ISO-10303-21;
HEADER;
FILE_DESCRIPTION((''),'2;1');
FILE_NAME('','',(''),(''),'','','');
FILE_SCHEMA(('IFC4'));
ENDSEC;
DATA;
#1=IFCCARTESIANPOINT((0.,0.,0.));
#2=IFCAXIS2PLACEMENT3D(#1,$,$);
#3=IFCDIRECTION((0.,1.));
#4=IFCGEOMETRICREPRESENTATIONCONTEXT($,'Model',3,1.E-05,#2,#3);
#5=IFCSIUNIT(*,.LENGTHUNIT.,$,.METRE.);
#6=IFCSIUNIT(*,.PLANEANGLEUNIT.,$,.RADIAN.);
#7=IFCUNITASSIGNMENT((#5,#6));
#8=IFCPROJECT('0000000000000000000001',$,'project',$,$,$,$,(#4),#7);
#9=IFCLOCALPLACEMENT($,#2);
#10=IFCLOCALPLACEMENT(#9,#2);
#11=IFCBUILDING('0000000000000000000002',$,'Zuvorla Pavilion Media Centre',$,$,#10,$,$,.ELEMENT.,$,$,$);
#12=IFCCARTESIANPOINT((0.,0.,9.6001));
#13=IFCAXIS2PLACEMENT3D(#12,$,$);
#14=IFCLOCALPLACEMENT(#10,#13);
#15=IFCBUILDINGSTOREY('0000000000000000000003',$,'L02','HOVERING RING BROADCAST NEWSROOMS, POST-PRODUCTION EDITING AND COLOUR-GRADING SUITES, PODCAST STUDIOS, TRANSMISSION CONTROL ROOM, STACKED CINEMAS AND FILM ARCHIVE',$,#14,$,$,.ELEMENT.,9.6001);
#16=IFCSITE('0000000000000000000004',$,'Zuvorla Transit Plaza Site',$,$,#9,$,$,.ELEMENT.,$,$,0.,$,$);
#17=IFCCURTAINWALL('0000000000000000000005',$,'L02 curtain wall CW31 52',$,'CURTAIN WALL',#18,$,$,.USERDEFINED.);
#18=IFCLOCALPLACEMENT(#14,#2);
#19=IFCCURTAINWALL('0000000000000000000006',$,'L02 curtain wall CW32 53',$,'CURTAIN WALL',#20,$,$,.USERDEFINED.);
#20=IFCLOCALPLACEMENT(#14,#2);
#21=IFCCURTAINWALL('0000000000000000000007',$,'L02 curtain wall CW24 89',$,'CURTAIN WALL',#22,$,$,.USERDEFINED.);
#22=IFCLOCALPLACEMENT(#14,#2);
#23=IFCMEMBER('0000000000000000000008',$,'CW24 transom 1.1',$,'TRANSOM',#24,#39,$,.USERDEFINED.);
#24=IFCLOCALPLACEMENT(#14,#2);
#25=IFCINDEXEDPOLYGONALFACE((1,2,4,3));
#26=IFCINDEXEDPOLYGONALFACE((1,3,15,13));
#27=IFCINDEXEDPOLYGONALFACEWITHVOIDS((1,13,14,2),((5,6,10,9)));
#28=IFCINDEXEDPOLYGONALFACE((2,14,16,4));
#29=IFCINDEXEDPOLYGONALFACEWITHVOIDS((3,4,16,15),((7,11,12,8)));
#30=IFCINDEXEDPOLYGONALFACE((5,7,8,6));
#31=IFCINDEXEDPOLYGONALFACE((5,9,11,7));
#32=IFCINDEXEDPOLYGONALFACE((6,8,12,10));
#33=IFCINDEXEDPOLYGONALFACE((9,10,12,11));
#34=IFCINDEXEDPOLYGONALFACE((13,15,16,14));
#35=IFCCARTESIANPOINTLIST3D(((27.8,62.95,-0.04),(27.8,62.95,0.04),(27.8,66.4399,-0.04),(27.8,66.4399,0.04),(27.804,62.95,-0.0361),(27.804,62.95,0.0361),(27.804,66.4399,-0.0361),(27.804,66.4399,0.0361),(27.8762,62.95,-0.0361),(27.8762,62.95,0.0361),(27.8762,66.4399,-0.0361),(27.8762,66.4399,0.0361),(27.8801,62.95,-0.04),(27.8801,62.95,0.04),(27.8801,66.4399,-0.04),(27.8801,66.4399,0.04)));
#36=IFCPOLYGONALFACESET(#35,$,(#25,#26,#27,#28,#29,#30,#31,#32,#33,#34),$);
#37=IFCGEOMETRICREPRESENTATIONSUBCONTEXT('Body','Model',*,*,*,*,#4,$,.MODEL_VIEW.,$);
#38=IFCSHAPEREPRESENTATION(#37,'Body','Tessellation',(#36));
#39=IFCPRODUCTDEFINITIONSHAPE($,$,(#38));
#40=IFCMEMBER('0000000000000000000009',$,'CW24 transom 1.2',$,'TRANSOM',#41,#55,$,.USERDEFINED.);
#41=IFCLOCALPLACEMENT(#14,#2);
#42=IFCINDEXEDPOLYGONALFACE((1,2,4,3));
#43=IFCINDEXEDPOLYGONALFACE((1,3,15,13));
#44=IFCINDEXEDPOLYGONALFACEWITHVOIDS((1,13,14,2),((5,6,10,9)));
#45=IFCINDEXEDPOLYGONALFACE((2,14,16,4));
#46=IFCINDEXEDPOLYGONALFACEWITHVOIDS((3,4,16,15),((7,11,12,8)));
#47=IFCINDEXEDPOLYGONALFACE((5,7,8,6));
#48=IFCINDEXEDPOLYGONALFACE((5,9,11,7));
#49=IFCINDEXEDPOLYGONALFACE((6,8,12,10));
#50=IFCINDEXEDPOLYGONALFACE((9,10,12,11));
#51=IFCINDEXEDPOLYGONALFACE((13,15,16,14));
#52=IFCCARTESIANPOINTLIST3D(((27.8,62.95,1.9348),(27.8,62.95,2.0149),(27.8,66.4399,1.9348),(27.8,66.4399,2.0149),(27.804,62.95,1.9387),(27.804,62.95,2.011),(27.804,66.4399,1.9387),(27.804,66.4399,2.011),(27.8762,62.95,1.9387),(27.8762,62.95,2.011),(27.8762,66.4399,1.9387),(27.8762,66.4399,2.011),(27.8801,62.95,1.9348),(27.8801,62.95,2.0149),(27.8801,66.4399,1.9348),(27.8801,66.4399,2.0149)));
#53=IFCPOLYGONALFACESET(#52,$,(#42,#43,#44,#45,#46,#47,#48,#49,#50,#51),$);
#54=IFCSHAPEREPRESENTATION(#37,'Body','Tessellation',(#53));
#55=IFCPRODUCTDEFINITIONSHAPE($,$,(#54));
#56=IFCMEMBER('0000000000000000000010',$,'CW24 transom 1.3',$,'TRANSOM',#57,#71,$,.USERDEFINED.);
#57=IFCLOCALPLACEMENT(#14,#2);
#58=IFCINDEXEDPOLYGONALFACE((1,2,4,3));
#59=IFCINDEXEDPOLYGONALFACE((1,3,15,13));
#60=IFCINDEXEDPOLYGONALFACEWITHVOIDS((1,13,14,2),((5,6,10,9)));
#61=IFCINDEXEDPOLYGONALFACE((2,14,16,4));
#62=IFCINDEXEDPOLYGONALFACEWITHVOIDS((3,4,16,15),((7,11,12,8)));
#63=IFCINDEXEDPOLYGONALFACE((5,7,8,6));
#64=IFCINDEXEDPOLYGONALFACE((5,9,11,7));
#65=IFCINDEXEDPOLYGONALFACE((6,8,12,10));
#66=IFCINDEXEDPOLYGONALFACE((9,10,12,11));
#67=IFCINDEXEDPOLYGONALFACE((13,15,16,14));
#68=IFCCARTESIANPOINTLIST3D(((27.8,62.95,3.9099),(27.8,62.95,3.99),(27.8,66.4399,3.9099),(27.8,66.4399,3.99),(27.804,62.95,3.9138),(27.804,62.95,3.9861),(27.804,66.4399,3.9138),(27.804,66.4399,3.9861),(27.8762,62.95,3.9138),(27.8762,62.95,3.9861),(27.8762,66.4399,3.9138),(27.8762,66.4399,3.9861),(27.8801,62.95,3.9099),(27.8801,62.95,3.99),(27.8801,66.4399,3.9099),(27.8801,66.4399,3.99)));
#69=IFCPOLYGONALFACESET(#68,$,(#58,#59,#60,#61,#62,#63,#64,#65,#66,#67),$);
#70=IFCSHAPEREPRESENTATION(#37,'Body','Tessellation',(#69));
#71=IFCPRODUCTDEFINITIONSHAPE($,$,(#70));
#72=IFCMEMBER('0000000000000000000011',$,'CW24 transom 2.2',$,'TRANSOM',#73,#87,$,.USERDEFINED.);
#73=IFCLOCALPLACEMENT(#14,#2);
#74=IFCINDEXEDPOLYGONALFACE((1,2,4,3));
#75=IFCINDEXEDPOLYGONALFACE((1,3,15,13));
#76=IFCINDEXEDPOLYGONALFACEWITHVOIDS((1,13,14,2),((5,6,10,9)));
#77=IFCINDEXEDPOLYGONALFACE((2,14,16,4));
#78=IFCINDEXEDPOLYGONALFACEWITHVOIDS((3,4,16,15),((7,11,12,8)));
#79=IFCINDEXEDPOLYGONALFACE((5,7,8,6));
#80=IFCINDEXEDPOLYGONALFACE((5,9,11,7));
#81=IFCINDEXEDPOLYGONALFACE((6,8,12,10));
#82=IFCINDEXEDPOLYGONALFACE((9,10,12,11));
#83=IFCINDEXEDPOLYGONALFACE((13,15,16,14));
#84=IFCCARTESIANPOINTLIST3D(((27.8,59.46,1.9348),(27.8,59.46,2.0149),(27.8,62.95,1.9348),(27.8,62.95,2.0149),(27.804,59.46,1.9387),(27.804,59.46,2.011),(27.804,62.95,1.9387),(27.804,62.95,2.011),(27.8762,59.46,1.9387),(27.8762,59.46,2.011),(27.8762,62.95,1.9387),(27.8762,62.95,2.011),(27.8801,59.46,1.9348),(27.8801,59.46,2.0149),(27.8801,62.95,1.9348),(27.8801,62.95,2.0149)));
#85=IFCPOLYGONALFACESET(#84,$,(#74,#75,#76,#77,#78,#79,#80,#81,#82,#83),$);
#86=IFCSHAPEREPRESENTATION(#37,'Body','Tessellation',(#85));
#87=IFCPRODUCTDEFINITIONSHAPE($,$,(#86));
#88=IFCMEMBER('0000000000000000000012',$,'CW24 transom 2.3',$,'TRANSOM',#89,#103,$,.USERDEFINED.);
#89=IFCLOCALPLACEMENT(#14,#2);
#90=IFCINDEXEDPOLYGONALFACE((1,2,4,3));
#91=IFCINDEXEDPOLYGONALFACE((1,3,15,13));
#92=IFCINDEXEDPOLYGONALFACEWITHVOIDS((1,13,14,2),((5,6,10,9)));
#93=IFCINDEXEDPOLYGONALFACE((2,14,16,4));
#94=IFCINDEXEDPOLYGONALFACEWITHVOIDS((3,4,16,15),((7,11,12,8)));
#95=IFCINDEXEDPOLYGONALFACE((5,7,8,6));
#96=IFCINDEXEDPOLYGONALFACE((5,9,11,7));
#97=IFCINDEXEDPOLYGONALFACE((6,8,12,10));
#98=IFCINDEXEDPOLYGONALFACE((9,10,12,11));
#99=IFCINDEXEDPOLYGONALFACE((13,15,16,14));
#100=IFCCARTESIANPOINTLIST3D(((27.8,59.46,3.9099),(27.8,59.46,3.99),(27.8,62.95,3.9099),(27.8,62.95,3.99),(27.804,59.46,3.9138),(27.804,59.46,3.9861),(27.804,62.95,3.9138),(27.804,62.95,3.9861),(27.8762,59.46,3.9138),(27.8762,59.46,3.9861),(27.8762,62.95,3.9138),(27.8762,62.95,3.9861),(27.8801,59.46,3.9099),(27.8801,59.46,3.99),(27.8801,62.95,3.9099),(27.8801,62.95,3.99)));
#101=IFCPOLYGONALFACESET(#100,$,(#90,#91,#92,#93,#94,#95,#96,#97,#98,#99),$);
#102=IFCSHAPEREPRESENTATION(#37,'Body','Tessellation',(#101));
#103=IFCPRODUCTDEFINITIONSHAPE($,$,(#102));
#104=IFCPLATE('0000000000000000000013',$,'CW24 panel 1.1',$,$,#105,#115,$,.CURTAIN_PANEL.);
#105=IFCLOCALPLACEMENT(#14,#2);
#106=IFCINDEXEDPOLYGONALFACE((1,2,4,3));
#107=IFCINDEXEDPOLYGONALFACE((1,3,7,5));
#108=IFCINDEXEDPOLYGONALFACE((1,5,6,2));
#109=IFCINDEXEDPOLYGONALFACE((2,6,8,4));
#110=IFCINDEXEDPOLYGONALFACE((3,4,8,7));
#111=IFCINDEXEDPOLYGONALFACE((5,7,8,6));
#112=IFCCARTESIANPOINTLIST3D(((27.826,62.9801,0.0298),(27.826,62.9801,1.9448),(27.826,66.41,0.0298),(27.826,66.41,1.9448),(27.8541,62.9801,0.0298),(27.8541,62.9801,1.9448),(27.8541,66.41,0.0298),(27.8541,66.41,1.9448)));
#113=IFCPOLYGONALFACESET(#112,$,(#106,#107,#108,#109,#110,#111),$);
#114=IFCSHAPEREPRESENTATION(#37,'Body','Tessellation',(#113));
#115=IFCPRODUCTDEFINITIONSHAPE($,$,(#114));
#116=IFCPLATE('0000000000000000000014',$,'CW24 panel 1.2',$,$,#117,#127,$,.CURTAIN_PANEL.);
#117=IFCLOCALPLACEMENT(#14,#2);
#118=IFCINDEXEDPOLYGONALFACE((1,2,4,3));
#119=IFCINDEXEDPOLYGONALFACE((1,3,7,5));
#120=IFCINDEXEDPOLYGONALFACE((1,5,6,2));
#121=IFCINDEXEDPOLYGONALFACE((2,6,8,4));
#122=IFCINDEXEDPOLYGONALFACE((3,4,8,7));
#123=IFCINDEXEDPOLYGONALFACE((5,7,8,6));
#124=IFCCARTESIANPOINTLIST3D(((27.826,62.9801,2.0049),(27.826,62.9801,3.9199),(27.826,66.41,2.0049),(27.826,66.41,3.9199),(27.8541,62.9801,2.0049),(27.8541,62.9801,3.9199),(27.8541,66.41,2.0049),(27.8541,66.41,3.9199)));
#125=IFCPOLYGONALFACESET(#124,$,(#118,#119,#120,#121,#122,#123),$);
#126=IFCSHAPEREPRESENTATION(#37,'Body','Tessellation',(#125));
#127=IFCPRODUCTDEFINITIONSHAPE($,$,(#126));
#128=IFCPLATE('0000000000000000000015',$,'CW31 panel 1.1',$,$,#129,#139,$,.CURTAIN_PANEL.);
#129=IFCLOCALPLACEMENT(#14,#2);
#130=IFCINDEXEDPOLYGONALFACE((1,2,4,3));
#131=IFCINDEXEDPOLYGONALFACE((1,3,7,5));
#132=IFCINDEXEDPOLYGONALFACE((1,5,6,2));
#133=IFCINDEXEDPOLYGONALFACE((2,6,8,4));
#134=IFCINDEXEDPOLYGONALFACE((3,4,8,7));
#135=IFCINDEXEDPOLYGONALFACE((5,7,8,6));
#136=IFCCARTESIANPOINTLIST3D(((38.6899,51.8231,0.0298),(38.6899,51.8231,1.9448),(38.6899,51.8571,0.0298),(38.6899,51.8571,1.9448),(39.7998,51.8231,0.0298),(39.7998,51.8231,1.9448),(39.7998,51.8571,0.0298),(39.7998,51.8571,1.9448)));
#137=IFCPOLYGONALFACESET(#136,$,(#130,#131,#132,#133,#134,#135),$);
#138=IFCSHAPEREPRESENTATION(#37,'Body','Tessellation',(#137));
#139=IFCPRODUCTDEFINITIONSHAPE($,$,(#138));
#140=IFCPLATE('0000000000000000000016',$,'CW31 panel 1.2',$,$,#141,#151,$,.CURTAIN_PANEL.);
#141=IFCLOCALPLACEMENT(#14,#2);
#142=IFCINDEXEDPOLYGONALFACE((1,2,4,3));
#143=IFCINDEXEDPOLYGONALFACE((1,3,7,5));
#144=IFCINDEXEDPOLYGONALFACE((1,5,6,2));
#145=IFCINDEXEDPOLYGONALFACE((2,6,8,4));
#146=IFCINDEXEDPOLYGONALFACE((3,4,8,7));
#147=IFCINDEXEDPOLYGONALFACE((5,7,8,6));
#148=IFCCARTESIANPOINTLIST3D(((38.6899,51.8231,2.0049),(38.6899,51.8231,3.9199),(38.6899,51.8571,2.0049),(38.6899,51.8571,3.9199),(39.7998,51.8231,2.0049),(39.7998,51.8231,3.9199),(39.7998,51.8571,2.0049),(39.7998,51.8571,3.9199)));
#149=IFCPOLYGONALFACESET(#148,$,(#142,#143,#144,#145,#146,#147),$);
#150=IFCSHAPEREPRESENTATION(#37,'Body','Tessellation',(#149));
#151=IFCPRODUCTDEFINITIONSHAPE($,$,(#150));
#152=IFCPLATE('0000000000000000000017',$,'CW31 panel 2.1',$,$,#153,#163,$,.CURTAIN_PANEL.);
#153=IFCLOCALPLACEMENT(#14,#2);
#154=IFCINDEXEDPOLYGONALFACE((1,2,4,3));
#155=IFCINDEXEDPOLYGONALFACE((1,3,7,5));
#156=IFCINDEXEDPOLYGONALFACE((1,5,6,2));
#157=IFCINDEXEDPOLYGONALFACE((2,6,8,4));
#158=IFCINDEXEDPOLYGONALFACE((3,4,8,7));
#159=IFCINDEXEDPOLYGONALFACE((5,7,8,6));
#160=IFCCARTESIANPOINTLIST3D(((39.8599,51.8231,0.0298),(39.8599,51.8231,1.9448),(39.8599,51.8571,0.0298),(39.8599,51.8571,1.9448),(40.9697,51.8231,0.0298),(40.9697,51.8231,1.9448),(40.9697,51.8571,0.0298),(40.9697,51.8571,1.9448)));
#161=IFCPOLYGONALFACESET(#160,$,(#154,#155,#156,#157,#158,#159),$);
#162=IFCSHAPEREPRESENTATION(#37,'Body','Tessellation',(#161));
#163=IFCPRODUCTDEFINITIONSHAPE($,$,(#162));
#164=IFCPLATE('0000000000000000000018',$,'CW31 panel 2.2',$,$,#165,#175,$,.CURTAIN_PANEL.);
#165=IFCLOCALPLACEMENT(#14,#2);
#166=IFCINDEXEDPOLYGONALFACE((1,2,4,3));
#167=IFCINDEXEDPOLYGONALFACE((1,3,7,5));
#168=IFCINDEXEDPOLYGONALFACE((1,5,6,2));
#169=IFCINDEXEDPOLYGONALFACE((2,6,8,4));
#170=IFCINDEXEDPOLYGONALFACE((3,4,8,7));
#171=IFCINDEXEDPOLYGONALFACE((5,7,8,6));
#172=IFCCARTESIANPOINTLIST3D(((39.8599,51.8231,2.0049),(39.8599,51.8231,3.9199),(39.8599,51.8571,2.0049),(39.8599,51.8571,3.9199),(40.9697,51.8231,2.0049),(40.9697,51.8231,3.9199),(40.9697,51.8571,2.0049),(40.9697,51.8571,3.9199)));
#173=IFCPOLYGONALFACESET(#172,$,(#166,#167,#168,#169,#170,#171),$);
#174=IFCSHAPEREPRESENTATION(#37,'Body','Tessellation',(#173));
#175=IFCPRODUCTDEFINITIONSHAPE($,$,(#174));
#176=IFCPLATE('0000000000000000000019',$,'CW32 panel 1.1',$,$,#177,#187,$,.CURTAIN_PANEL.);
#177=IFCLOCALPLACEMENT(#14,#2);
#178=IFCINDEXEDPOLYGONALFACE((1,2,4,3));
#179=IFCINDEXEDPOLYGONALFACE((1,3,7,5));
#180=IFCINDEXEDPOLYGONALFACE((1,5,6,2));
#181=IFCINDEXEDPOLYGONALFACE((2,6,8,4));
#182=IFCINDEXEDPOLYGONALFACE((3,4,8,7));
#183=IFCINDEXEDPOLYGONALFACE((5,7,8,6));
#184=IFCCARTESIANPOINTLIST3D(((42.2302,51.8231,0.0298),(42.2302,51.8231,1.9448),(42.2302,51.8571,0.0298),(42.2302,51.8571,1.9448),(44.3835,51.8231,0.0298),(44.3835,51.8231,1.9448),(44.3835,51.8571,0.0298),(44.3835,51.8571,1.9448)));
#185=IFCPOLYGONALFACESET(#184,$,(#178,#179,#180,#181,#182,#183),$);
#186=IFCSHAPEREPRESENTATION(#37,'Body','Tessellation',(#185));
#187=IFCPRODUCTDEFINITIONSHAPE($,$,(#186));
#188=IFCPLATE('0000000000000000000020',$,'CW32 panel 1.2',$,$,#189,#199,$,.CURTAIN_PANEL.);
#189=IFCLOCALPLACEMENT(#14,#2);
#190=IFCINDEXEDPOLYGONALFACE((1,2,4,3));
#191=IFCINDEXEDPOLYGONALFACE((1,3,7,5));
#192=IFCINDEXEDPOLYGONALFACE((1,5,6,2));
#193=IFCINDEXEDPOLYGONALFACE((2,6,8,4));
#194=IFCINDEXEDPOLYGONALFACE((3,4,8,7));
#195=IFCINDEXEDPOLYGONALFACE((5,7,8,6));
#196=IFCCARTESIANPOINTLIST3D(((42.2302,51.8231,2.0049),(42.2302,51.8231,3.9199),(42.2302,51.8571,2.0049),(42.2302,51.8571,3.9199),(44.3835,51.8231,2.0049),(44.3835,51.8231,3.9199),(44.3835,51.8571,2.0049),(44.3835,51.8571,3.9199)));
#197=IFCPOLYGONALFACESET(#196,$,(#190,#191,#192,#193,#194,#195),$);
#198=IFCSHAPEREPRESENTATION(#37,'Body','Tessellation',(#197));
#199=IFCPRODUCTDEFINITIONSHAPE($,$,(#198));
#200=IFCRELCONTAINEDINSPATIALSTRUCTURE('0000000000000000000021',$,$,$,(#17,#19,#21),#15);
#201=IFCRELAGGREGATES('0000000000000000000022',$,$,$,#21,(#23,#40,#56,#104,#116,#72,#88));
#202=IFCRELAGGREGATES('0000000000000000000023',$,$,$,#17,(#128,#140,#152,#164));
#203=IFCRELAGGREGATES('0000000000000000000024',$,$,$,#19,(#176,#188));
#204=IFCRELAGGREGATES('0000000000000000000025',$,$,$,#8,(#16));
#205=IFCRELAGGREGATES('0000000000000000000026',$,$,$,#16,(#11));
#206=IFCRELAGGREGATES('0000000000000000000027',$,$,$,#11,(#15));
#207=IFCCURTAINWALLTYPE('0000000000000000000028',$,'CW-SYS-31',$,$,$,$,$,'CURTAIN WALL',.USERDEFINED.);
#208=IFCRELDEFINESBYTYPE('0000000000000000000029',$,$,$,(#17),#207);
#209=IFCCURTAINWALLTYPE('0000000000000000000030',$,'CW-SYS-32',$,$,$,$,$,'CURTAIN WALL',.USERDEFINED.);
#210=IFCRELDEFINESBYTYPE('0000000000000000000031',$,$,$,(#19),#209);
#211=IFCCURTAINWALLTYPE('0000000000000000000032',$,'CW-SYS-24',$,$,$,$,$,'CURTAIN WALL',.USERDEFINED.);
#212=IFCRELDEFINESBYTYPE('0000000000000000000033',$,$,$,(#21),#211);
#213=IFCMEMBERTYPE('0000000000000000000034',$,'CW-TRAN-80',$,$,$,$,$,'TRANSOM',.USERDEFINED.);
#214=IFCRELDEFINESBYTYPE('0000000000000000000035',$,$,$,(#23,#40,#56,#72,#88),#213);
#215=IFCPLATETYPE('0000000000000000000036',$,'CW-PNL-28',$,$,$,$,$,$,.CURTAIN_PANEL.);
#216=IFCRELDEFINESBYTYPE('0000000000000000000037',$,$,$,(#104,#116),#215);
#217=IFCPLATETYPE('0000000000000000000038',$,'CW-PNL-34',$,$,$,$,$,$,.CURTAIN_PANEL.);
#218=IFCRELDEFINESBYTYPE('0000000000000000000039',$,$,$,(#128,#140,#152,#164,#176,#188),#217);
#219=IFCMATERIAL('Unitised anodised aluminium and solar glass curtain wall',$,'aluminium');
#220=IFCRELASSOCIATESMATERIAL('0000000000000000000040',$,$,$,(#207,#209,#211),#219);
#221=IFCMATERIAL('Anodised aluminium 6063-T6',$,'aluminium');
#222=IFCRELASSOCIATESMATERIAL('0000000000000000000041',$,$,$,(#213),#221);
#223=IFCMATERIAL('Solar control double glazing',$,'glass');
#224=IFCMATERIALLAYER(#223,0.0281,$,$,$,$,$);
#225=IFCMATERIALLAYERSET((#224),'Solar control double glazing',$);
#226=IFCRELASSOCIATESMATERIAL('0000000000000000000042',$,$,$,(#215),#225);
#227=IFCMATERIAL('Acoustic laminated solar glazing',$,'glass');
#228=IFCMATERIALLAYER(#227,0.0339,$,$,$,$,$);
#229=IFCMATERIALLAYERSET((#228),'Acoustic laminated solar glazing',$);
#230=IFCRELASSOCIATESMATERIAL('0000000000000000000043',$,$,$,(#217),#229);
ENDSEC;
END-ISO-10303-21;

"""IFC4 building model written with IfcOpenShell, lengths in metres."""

from ifc_helpers import new_model, si_unit, direction, frame, origin, origin_2d, place, context, subcontext, project, spatial, rectangle, hollow_rectangle, extrude, material, layer, layer_set, material_profile, profile_set, type_object, element, aggregate, save


model = new_model("IFC4")

# Units and contexts
model_context = context("Model", 3, precision=1e-05, world=origin(), true_north=direction((0.0, 1.0)))
body_context = subcontext(model_context, "Body", "Model", "MODEL_VIEW")
ifc_project = project(units=[si_unit("LENGTHUNIT", "METRE"), si_unit("PLANEANGLEUNIT", "RADIAN")], contexts=[model_context])

# Site, building, storey
site_placement = place(None, origin())
site = spatial("IfcSite", under=ifc_project, at=site_placement, Name="Zuvorla Transit Plaza Site", CompositionType="ELEMENT", RefElevation=0.0)
building_placement = place(site_placement, origin())
building = spatial("IfcBuilding", under=site, at=building_placement, Name="Zuvorla Pavilion Media Centre", CompositionType="ELEMENT")
storey_placement = place(building_placement, frame((0.0, 0.0, 9.6001)))
storey = spatial("IfcBuildingStorey", under=building, at=storey_placement, Name="L02", Description="HOVERING RING BROADCAST NEWSROOMS, POST-PRODUCTION EDITING AND COLOUR-GRADING SUITES, PODCAST STUDIOS, TRANSMISSION CONTROL ROOM, STACKED CINEMAS AND FILM ARCHIVE", CompositionType="ELEMENT", Elevation=9.6001)

# Curtain wall
ifc_material_1 = material(Name="Unitised anodised aluminium and solar glass curtain wall", Category="aluminium")
curtain_wall_type_1 = type_object("IfcCurtainWallType", Name="CW-SYS-31", ElementType="CURTAIN WALL", PredefinedType="USERDEFINED", material=ifc_material_1)
curtain_wall_1_placement = place(storey_placement, origin())
curtain_wall_1 = element("IfcCurtainWall", 1, at=curtain_wall_1_placement, inside=storey, type_object=curtain_wall_type_1, Name="L02 curtain wall CW31 52", ObjectType="CURTAIN WALL", PredefinedType="USERDEFINED")
ifc_material_2 = material(Name="Anodised aluminium 6063-T6", Category="aluminium")

# Curtain walls
curtain_wall_type_2 = type_object("IfcCurtainWallType", Name="CW-SYS-32", ElementType="CURTAIN WALL", PredefinedType="USERDEFINED", material=ifc_material_1)
curtain_wall_2_placement = place(storey_placement, origin())
curtain_wall_2 = element("IfcCurtainWall", 2, at=curtain_wall_2_placement, inside=storey, type_object=curtain_wall_type_2, Name="L02 curtain wall CW32 53", ObjectType="CURTAIN WALL", PredefinedType="USERDEFINED")
curtain_wall_type_3 = type_object("IfcCurtainWallType", Name="CW-SYS-24", ElementType="CURTAIN WALL", PredefinedType="USERDEFINED", material=ifc_material_1)
curtain_wall_3_placement = place(storey_placement, origin())
curtain_wall_3 = element("IfcCurtainWall", 3, at=curtain_wall_3_placement, inside=storey, type_object=curtain_wall_type_3, Name="L02 curtain wall CW24 89", ObjectType="CURTAIN WALL", PredefinedType="USERDEFINED")

# Members
ifc_material_profile_1 = material_profile(ifc_material_2, hollow_rectangle(XDim=0.0801, YDim=0.0801, WallThickness=0.0039, at=origin_2d()), Name="ALU TRAN 80x80")
ifc_profile_set_1 = profile_set([ifc_material_profile_1], Name="Anodised aluminium 6063-T6")
member_type_1 = type_object("IfcMemberType", Name="CW-TRAN-80", ElementType="TRANSOM", PredefinedType="USERDEFINED", material=ifc_profile_set_1)
member_1_placement = place(storey_placement, frame((27.8401, 66.4399, 0.0), z_axis=(0.0, -1.0, 0.0), x_axis=(1.0, 0.0, 0.0)))
member_1 = element("IfcMember", 4, at=member_1_placement, type_object=member_type_1, Name="CW24 transom 1.1", ObjectType="TRANSOM", PredefinedType="USERDEFINED", context=body_context, shape_type="SweptSolid", body=[
    extrude(hollow_rectangle(XDim=0.0801, YDim=0.0801, WallThickness=0.0039, at=origin_2d()), origin(), (0.0, 0.0, 1.0), 3.49),
])
member_2_placement = place(storey_placement, frame((27.8401, 66.4399, 1.9749), z_axis=(0.0, -1.0, 0.0), x_axis=(1.0, 0.0, 0.0)))
member_2 = element("IfcMember", 5, at=member_2_placement, type_object=member_type_1, Name="CW24 transom 1.2", ObjectType="TRANSOM", PredefinedType="USERDEFINED", context=body_context, shape_type="SweptSolid", body=[
    extrude(hollow_rectangle(XDim=0.0801, YDim=0.0801, WallThickness=0.0039, at=origin_2d()), origin(), (0.0, 0.0, 1.0), 3.49),
])
member_3_placement = place(storey_placement, frame((27.8401, 66.4399, 3.95), z_axis=(0.0, -1.0, 0.0), x_axis=(1.0, 0.0, 0.0)))
member_3 = element("IfcMember", 6, at=member_3_placement, type_object=member_type_1, Name="CW24 transom 1.3", ObjectType="TRANSOM", PredefinedType="USERDEFINED", context=body_context, shape_type="SweptSolid", body=[
    extrude(hollow_rectangle(XDim=0.0801, YDim=0.0801, WallThickness=0.0039, at=origin_2d()), origin(), (0.0, 0.0, 1.0), 3.49),
])
member_4_placement = place(storey_placement, frame((27.8401, 62.95, 1.9749), z_axis=(0.0, -1.0, 0.0), x_axis=(1.0, 0.0, 0.0)))
member_4 = element("IfcMember", 7, at=member_4_placement, type_object=member_type_1, Name="CW24 transom 2.2", ObjectType="TRANSOM", PredefinedType="USERDEFINED", context=body_context, shape_type="SweptSolid", body=[
    extrude(hollow_rectangle(XDim=0.0801, YDim=0.0801, WallThickness=0.0039, at=origin_2d()), origin(), (0.0, 0.0, 1.0), 3.49),
])
member_5_placement = place(storey_placement, frame((27.8401, 62.95, 3.95), z_axis=(0.0, -1.0, 0.0), x_axis=(1.0, 0.0, 0.0)))
member_5 = element("IfcMember", 8, at=member_5_placement, type_object=member_type_1, Name="CW24 transom 2.3", ObjectType="TRANSOM", PredefinedType="USERDEFINED", context=body_context, shape_type="SweptSolid", body=[
    extrude(hollow_rectangle(XDim=0.0801, YDim=0.0801, WallThickness=0.0039, at=origin_2d()), origin(), (0.0, 0.0, 1.0), 3.49),
])

# Plates
ifc_material_3 = material(Name="Solar control double glazing", Category="glass")
ifc_layer_1 = layer(ifc_material_3, 0.0281)
ifc_layer_set_1 = layer_set([ifc_layer_1], Name="Solar control double glazing")
plate_type_1 = type_object("IfcPlateType", Name="CW-PNL-28", PredefinedType="CURTAIN_PANEL", material=ifc_layer_set_1)
plate_1_placement = place(storey_placement, frame((27.8401, 64.6951, 0.0298), z_axis=(0.0, 0.0, 1.0), x_axis=(0.0, -1.0, 0.0)))
plate_1 = element("IfcPlate", 9, at=plate_1_placement, type_object=plate_type_1, Name="CW24 panel 1.1", PredefinedType="CURTAIN_PANEL", context=body_context, shape_type="SweptSolid", body=[
    extrude(rectangle(XDim=3.4299, YDim=0.0281, at=origin_2d()), origin(), (0.0, 0.0, 1.0), 1.915),
])
plate_2_placement = place(storey_placement, frame((27.8401, 64.6951, 2.0049), z_axis=(0.0, 0.0, 1.0), x_axis=(0.0, -1.0, 0.0)))
plate_2 = element("IfcPlate", 10, at=plate_2_placement, type_object=plate_type_1, Name="CW24 panel 1.2", PredefinedType="CURTAIN_PANEL", context=body_context, shape_type="SweptSolid", body=[
    extrude(rectangle(XDim=3.4299, YDim=0.0281, at=origin_2d()), origin(), (0.0, 0.0, 1.0), 1.915),
])
aggregate(curtain_wall_3, [member_1, member_2, member_3, plate_1, plate_2, member_4, member_5])
ifc_material_4 = material(Name="Acoustic laminated solar glazing", Category="glass")
ifc_layer_2 = layer(ifc_material_4, 0.0339)
ifc_layer_set_2 = layer_set([ifc_layer_2], Name="Acoustic laminated solar glazing")
plate_type_2 = type_object("IfcPlateType", Name="CW-PNL-34", PredefinedType="CURTAIN_PANEL", material=ifc_layer_set_2)
plate_3_placement = place(storey_placement, frame((39.2449, 51.8401, 0.0298), z_axis=(0.0, 0.0, 1.0), x_axis=(1.0, 0.0, 0.0)))
plate_3 = element("IfcPlate", 11, at=plate_3_placement, type_object=plate_type_2, Name="CW31 panel 1.1", PredefinedType="CURTAIN_PANEL", context=body_context, shape_type="SweptSolid", body=[
    extrude(rectangle(XDim=1.1099, YDim=0.0339, at=origin_2d()), origin(), (0.0, 0.0, 1.0), 1.915),
])
plate_4_placement = place(storey_placement, frame((39.2449, 51.8401, 2.0049), z_axis=(0.0, 0.0, 1.0), x_axis=(1.0, 0.0, 0.0)))
plate_4 = element("IfcPlate", 12, at=plate_4_placement, type_object=plate_type_2, Name="CW31 panel 1.2", PredefinedType="CURTAIN_PANEL", context=body_context, shape_type="SweptSolid", body=[
    extrude(rectangle(XDim=1.1099, YDim=0.0339, at=origin_2d()), origin(), (0.0, 0.0, 1.0), 1.915),
])
plate_5_placement = place(storey_placement, frame((40.4148, 51.8401, 0.0298), z_axis=(0.0, 0.0, 1.0), x_axis=(1.0, 0.0, 0.0)))
plate_5 = element("IfcPlate", 13, at=plate_5_placement, type_object=plate_type_2, Name="CW31 panel 2.1", PredefinedType="CURTAIN_PANEL", context=body_context, shape_type="SweptSolid", body=[
    extrude(rectangle(XDim=1.1099, YDim=0.0339, at=origin_2d()), origin(), (0.0, 0.0, 1.0), 1.915),
])
plate_6_placement = place(storey_placement, frame((40.4148, 51.8401, 2.0049), z_axis=(0.0, 0.0, 1.0), x_axis=(1.0, 0.0, 0.0)))
plate_6 = element("IfcPlate", 14, at=plate_6_placement, type_object=plate_type_2, Name="CW31 panel 2.2", PredefinedType="CURTAIN_PANEL", context=body_context, shape_type="SweptSolid", body=[
    extrude(rectangle(XDim=1.1099, YDim=0.0339, at=origin_2d()), origin(), (0.0, 0.0, 1.0), 1.915),
])
aggregate(curtain_wall_1, [plate_3, plate_4, plate_5, plate_6])
plate_7_placement = place(storey_placement, frame((43.3069, 51.8401, 0.0298), z_axis=(0.0, 0.0, 1.0), x_axis=(1.0, 0.0, 0.0)))
plate_7 = element("IfcPlate", 15, at=plate_7_placement, type_object=plate_type_2, Name="CW32 panel 1.1", PredefinedType="CURTAIN_PANEL", context=body_context, shape_type="SweptSolid", body=[
    extrude(rectangle(XDim=2.1533, YDim=0.0339, at=origin_2d()), origin(), (0.0, 0.0, 1.0), 1.915),
])
plate_8_placement = place(storey_placement, frame((43.3069, 51.8401, 2.0049), z_axis=(0.0, 0.0, 1.0), x_axis=(1.0, 0.0, 0.0)))
plate_8 = element("IfcPlate", 16, at=plate_8_placement, type_object=plate_type_2, Name="CW32 panel 1.2", PredefinedType="CURTAIN_PANEL", context=body_context, shape_type="SweptSolid", body=[
    extrude(rectangle(XDim=2.1533, YDim=0.0339, at=origin_2d()), origin(), (0.0, 0.0, 1.0), 1.915),
])
aggregate(curtain_wall_2, [plate_7, plate_8])

save(model, "model.ifc")
